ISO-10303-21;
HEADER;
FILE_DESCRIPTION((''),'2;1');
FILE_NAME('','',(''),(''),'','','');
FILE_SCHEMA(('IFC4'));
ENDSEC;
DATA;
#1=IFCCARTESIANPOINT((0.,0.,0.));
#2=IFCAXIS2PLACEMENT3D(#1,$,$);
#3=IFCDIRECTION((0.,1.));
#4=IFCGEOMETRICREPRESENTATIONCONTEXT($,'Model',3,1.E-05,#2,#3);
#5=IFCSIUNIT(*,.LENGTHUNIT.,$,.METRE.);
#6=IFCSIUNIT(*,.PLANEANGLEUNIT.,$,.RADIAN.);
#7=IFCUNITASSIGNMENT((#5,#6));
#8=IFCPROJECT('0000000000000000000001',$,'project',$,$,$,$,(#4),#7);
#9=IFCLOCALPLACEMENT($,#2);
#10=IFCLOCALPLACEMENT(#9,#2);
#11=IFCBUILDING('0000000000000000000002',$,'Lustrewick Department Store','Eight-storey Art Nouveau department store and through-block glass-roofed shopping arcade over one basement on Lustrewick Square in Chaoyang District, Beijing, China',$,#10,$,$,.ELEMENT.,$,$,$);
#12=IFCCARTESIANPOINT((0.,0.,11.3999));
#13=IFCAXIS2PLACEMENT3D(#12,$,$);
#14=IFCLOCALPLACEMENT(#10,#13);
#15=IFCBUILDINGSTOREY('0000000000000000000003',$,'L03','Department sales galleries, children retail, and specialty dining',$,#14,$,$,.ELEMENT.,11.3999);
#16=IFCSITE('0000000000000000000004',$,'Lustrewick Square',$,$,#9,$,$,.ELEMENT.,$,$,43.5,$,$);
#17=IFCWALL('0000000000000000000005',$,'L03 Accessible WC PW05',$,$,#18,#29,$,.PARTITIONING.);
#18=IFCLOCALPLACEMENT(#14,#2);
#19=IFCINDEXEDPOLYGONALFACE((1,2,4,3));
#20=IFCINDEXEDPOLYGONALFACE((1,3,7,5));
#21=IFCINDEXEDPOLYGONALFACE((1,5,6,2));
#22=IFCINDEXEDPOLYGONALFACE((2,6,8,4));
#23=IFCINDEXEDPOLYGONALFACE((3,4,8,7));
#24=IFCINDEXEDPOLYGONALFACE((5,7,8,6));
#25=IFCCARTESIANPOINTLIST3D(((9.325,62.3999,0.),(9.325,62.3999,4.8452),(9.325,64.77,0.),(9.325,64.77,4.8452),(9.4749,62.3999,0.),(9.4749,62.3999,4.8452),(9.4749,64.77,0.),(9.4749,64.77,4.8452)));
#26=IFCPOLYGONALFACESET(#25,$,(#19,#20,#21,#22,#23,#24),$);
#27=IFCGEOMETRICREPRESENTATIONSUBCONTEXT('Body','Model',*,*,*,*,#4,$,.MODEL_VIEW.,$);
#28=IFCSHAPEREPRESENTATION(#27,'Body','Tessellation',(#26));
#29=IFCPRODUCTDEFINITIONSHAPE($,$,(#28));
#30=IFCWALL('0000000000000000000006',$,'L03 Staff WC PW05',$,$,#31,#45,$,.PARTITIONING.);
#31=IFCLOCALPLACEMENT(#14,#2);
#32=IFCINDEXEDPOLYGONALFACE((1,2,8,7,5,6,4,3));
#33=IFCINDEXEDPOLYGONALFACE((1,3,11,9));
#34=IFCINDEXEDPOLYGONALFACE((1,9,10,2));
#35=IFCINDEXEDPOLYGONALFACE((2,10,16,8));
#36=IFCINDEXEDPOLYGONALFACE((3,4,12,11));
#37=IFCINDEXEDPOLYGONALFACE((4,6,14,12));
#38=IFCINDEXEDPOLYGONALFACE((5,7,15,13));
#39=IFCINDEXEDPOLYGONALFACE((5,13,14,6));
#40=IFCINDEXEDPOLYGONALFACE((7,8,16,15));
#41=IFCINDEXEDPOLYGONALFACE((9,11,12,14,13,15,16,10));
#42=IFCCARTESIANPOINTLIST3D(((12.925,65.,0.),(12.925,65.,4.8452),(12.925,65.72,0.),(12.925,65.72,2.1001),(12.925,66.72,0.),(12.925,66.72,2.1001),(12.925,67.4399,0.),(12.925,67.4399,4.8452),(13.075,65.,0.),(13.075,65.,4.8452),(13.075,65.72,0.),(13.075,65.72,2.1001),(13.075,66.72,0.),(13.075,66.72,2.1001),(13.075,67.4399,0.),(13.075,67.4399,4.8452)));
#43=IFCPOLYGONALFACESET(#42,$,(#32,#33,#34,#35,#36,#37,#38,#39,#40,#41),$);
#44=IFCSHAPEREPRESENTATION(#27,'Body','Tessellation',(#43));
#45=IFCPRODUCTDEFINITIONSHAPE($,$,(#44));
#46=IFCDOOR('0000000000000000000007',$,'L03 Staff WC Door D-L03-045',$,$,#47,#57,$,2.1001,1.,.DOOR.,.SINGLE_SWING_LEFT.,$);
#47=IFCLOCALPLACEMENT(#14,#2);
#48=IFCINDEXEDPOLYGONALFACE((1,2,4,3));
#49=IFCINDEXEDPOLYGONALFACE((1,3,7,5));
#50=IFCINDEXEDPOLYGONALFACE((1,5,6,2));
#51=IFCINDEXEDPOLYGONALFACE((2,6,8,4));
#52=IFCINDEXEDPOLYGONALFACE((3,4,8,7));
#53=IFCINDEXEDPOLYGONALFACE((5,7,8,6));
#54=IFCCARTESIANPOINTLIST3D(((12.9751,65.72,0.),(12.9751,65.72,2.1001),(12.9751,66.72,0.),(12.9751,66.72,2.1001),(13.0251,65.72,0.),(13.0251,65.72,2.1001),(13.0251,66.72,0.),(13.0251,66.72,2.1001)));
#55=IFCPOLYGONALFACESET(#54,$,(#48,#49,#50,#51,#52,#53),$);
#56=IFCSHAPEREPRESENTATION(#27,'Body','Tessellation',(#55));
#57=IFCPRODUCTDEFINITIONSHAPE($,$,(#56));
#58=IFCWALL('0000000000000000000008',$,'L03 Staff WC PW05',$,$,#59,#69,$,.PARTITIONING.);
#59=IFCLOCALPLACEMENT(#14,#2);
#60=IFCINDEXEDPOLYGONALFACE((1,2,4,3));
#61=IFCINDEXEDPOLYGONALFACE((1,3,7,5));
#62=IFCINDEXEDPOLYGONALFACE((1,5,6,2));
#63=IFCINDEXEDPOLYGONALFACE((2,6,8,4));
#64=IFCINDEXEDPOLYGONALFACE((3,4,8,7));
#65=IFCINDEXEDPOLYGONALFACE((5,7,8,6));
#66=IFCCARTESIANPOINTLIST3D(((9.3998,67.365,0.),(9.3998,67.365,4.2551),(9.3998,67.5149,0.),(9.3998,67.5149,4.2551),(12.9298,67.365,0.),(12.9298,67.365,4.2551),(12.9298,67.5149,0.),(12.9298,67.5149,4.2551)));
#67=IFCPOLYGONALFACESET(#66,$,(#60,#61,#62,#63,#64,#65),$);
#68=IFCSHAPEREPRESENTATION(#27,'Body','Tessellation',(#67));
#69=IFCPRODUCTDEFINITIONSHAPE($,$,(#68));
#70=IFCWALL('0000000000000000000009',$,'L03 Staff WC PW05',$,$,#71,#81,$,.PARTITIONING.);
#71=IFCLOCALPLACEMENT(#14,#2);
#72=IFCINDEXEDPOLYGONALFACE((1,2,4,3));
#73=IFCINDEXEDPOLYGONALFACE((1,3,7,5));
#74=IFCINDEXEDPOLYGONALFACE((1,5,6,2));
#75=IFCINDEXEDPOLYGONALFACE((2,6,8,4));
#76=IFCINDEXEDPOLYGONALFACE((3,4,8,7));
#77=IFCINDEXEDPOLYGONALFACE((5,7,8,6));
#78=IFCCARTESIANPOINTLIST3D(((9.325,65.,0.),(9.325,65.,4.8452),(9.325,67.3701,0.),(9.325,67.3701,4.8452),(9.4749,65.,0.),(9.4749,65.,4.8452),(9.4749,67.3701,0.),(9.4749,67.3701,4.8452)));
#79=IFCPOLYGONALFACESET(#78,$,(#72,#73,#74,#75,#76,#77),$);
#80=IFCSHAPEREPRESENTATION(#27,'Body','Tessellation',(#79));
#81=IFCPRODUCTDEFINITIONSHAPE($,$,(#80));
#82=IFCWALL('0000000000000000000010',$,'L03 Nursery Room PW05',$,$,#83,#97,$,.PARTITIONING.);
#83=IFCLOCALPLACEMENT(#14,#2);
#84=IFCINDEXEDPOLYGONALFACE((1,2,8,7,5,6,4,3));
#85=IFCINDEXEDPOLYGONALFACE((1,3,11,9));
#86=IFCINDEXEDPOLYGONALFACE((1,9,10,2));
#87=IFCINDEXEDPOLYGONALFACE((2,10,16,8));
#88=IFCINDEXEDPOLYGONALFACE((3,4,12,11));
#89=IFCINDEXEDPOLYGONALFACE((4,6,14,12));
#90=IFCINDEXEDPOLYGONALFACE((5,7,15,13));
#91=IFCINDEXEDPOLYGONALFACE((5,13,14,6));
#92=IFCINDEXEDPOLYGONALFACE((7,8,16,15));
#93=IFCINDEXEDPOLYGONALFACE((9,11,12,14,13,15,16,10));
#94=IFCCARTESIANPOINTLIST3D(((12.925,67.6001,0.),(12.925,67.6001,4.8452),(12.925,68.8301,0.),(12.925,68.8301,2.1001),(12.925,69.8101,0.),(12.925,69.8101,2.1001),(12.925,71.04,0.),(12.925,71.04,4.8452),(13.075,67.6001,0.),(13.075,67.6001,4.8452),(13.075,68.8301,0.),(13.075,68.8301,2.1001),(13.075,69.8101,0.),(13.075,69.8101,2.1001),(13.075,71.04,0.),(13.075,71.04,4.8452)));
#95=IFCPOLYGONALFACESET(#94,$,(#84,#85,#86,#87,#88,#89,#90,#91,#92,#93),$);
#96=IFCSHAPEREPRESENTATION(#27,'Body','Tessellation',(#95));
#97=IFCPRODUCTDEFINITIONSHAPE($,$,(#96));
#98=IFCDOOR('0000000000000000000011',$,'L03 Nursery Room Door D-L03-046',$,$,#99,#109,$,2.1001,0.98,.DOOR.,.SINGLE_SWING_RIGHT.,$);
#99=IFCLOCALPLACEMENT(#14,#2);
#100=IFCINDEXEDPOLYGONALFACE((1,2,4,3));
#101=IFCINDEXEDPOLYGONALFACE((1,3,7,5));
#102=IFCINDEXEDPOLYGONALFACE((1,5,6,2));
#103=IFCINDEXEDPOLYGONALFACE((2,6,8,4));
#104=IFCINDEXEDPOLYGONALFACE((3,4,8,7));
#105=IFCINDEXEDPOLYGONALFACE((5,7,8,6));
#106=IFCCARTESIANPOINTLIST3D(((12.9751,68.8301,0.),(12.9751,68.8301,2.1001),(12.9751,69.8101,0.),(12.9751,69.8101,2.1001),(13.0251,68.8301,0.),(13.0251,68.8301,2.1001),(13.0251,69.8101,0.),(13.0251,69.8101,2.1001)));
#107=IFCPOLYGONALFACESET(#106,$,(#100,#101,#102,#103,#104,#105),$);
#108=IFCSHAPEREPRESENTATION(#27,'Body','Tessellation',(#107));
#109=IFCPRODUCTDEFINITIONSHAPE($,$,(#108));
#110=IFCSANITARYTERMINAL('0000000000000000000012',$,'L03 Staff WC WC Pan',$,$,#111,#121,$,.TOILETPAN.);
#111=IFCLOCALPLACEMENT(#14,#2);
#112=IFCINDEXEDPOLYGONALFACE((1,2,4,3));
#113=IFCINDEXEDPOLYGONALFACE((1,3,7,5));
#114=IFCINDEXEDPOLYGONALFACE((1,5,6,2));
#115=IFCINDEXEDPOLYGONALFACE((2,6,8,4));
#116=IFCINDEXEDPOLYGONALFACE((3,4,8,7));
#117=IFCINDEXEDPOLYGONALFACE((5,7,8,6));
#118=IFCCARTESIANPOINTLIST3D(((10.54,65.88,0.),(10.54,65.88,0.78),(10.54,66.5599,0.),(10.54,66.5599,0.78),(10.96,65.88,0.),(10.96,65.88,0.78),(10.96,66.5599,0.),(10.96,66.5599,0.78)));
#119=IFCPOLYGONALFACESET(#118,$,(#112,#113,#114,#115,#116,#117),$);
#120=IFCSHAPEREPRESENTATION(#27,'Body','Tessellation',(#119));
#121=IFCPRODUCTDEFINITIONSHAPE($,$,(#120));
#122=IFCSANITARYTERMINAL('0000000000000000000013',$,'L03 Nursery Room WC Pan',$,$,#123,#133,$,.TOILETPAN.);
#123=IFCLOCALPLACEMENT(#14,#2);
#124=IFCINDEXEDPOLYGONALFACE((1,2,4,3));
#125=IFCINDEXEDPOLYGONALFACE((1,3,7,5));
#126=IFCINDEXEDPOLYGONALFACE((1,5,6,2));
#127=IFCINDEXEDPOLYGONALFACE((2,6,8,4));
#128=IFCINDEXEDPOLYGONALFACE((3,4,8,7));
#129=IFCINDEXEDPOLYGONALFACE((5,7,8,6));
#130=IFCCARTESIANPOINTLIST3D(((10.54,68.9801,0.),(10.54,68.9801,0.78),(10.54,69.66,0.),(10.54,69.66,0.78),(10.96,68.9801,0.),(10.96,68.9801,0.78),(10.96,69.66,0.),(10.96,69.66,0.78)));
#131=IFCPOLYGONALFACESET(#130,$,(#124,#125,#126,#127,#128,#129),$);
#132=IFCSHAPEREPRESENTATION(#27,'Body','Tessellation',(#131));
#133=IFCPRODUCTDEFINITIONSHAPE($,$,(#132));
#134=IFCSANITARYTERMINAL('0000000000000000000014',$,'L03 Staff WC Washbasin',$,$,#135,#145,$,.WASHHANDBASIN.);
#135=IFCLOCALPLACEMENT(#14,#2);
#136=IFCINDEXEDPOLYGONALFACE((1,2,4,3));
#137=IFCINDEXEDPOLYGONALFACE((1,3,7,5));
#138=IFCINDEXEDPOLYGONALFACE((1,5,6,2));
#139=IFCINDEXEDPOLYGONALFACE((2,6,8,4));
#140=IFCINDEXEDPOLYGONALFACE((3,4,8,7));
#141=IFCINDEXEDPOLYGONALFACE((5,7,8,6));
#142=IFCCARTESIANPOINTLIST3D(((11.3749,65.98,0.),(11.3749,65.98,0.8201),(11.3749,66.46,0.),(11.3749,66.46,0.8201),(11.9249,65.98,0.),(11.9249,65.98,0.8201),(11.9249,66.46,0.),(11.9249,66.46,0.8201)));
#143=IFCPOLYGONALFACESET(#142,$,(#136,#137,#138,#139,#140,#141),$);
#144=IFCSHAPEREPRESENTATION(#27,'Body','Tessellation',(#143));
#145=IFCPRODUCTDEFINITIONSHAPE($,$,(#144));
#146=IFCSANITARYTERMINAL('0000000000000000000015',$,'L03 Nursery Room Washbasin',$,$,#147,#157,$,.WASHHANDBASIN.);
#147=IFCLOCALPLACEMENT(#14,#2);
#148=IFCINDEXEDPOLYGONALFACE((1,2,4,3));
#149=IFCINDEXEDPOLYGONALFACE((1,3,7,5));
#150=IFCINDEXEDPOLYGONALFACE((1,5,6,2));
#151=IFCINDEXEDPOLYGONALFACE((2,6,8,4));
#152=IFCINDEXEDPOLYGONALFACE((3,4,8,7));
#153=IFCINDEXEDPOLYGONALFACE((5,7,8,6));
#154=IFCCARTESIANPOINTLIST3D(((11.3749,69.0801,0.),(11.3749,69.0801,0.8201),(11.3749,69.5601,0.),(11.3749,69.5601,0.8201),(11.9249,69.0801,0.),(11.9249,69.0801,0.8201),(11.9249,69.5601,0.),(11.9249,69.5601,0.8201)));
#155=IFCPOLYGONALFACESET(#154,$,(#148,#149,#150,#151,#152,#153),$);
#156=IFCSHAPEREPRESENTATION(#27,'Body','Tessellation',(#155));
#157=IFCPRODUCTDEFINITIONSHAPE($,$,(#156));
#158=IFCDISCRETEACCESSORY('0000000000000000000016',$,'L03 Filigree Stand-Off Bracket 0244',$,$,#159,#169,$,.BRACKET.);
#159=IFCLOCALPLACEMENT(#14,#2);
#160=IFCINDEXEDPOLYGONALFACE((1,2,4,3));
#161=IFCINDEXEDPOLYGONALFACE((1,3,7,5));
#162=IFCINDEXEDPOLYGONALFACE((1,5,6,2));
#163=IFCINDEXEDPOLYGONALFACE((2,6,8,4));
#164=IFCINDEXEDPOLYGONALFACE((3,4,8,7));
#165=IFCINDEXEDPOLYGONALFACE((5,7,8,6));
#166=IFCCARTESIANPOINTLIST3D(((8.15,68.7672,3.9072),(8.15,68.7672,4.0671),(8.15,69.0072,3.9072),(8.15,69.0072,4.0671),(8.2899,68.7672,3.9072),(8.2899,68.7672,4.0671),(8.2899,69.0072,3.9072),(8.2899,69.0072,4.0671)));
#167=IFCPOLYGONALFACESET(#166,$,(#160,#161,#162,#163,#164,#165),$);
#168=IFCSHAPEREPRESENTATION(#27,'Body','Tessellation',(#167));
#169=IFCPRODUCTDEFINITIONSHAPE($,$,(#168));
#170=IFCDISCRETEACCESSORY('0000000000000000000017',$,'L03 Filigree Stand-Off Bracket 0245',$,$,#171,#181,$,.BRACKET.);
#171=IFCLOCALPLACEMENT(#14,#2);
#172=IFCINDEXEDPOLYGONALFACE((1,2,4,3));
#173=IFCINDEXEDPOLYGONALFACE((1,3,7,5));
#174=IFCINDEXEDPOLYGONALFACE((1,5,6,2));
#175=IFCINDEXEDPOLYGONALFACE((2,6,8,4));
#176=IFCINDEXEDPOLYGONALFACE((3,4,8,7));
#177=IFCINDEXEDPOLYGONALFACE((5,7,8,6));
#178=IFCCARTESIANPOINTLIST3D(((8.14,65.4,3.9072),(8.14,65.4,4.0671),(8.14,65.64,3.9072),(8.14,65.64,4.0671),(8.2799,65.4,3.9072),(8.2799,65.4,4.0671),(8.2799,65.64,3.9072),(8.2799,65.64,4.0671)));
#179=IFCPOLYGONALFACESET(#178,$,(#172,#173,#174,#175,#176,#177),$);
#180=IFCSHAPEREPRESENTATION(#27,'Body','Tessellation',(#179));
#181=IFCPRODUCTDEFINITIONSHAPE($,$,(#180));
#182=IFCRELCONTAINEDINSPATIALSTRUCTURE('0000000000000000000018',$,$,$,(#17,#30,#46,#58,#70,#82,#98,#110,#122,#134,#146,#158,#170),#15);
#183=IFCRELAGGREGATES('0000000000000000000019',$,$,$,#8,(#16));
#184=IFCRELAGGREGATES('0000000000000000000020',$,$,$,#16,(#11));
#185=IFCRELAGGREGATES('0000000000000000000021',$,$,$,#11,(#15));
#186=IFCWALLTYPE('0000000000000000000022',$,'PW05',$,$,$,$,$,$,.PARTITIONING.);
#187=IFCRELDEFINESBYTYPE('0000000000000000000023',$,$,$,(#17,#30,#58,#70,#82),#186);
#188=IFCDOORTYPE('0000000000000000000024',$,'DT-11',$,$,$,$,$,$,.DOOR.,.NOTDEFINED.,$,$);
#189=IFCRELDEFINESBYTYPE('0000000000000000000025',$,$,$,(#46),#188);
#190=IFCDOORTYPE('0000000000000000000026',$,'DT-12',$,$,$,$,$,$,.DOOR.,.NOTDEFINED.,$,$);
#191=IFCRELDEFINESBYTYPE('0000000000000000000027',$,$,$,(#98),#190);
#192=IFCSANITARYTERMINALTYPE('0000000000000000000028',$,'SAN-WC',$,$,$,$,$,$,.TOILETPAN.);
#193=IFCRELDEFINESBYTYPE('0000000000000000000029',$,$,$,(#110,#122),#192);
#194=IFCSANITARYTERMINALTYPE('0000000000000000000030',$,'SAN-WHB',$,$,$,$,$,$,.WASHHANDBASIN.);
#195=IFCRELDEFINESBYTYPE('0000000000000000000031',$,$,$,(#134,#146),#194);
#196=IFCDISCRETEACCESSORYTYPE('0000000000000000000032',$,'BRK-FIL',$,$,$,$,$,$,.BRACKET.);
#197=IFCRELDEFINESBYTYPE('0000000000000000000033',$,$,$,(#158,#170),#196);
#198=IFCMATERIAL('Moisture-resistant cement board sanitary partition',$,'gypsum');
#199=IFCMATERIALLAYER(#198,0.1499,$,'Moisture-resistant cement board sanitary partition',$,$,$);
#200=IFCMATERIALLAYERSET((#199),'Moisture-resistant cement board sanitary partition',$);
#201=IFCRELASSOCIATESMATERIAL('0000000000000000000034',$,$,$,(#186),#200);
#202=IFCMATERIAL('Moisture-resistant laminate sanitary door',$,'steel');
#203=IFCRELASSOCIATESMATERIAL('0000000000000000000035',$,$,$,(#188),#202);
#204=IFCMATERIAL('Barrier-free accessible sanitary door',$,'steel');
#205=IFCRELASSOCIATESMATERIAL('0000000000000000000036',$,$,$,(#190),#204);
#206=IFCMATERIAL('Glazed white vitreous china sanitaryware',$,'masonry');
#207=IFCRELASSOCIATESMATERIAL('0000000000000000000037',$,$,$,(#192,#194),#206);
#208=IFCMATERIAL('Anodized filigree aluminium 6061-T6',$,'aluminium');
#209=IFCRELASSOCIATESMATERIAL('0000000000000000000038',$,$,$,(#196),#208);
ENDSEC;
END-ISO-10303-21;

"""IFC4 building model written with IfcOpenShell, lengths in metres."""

from ifc_helpers import new_model, si_unit, direction, frame, frame_2d, origin, origin_2d, place, context, subcontext, project, spatial, rectangle, extrude, material, layer, layer_set, type_object, element, fill, save


model = new_model("IFC4")

# Units and contexts
model_context = context("Model", 3, precision=1e-05, world=origin(), true_north=direction((0.0, 1.0)))
body_context = subcontext(model_context, "Body", "Model", "MODEL_VIEW")
ifc_project = project(units=[si_unit("LENGTHUNIT", "METRE"), si_unit("PLANEANGLEUNIT", "RADIAN")], contexts=[model_context])

# Site, building, storey
site_placement = place(None, origin())
site = spatial("IfcSite", under=ifc_project, at=site_placement, Name="Lustrewick Square", CompositionType="ELEMENT", RefElevation=43.5)
building_placement = place(site_placement, origin())
building = spatial("IfcBuilding", under=site, at=building_placement, Name="Lustrewick Department Store", Description="Eight-storey Art Nouveau department store and through-block glass-roofed shopping arcade over one basement on Lustrewick Square in Chaoyang District, Beijing, China", CompositionType="ELEMENT")
storey_placement = place(building_placement, frame((0.0, 0.0, 11.3999)))
storey = spatial("IfcBuildingStorey", under=building, at=storey_placement, Name="L03", Description="Department sales galleries, children retail, and specialty dining", CompositionType="ELEMENT", Elevation=11.3999)

# Wall
ifc_material_1 = material(Name="Moisture-resistant cement board sanitary partition", Category="gypsum")
ifc_layer_1 = layer(ifc_material_1, 0.1499, Name="Moisture-resistant cement board sanitary partition")
ifc_layer_set_1 = layer_set([ifc_layer_1], Name="Moisture-resistant cement board sanitary partition")
wall_type_1 = type_object("IfcWallType", Name="PW05", PredefinedType="PARTITIONING", material=ifc_layer_set_1)
wall_1_placement = place(storey_placement, frame((9.3999, 64.77, 0.0), z_axis=(0.0, 0.0, 1.0), x_axis=(0.0, -1.0, 0.0)))
element("IfcWall", 1, at=wall_1_placement, inside=storey, type_object=wall_type_1, Name="L03 Accessible WC PW05", PredefinedType="PARTITIONING", context=body_context, shape_type="SweptSolid", body=[
    extrude(rectangle(XDim=2.3701, YDim=0.1499, at=frame_2d((1.1851, 0.0))), origin(), (0.0, 0.0, 1.0), 4.8452),
])

# Wall, opening, door
wall_2_placement = place(storey_placement, frame((13.0, 65.0, 0.0), z_axis=(0.0, 0.0, 1.0), x_axis=(0.0, 1.0, 0.0)))
wall_2 = element("IfcWall", 2, at=wall_2_placement, inside=storey, type_object=wall_type_1, Name="L03 Staff WC PW05", PredefinedType="PARTITIONING", context=body_context, shape_type="SweptSolid", body=[
    extrude(rectangle(XDim=2.4399, YDim=0.1499, at=frame_2d((1.22, 0.0))), origin(), (0.0, 0.0, 1.0), 4.8452),
])
opening_1_placement = place(wall_2_placement, frame((0.72, 0.0, 0.0)))
opening_1 = element("IfcOpeningElement", 3, at=opening_1_placement, cuts=wall_2, PredefinedType="OPENING", context=body_context, shape_type="SweptSolid", body=[
    extrude(rectangle(XDim=1.0, YDim=2.1001, at=frame_2d((0.5, 1.05))), frame((0.0, 0.085, 0.0), z_axis=(0.0, -1.0, 0.0), x_axis=(1.0, 0.0, 0.0)), (0.0, 0.0, 1.0), 0.1699),
])
ifc_material_2 = material(Name="Moisture-resistant laminate sanitary door", Category="steel")
door_type_1 = type_object("IfcDoorType", Name="DT-11", OperationType="NOTDEFINED", PredefinedType="DOOR", material=ifc_material_2)
door_1_placement = place(opening_1_placement, origin())
door_1 = element("IfcDoor", 4, at=door_1_placement, inside=storey, type_object=door_type_1, Name="L03 Staff WC Door D-L03-045", OperationType="SINGLE_SWING_LEFT", OverallHeight=2.1001, OverallWidth=1.0, PredefinedType="DOOR", context=body_context, shape_type="SweptSolid", body=[
    extrude(rectangle(XDim=1.0, YDim=2.1001, at=frame_2d((0.5, 1.05))), frame((0.0, 0.0249, 0.0), z_axis=(0.0, -1.0, 0.0), x_axis=(1.0, 0.0, 0.0)), (0.0, 0.0, 1.0), 0.05),
])
fill(opening_1, door_1)

# Walls
wall_3_placement = place(storey_placement, frame((12.9299, 67.4399, 0.0), z_axis=(0.0, 0.0, 1.0), x_axis=(-1.0, 0.0, 0.0)))
element("IfcWall", 5, at=wall_3_placement, inside=storey, type_object=wall_type_1, Name="L03 Staff WC PW05", PredefinedType="PARTITIONING", context=body_context, shape_type="SweptSolid", body=[
    extrude(rectangle(XDim=3.53, YDim=0.1499, at=frame_2d((1.7651, 0.0))), origin(), (0.0, 0.0, 1.0), 4.2551),
])
wall_4_placement = place(storey_placement, frame((9.3999, 67.3701, 0.0), z_axis=(0.0, 0.0, 1.0), x_axis=(0.0, -1.0, 0.0)))
element("IfcWall", 6, at=wall_4_placement, inside=storey, type_object=wall_type_1, Name="L03 Staff WC PW05", PredefinedType="PARTITIONING", context=body_context, shape_type="SweptSolid", body=[
    extrude(rectangle(XDim=2.3701, YDim=0.1499, at=frame_2d((1.1851, 0.0))), origin(), (0.0, 0.0, 1.0), 4.8452),
])

# Wall, opening, door
wall_5_placement = place(storey_placement, frame((13.0, 67.6001, 0.0), z_axis=(0.0, 0.0, 1.0), x_axis=(0.0, 1.0, 0.0)))
wall_5 = element("IfcWall", 7, at=wall_5_placement, inside=storey, type_object=wall_type_1, Name="L03 Nursery Room PW05", PredefinedType="PARTITIONING", context=body_context, shape_type="SweptSolid", body=[
    extrude(rectangle(XDim=3.4399, YDim=0.1499, at=frame_2d((1.72, 0.0))), origin(), (0.0, 0.0, 1.0), 4.8452),
])
opening_2_placement = place(wall_5_placement, frame((1.23, 0.0, 0.0)))
opening_2 = element("IfcOpeningElement", 8, at=opening_2_placement, cuts=wall_5, PredefinedType="OPENING", context=body_context, shape_type="SweptSolid", body=[
    extrude(rectangle(XDim=0.98, YDim=2.1001, at=frame_2d((0.49, 1.05))), frame((0.0, 0.085, 0.0), z_axis=(0.0, -1.0, 0.0), x_axis=(1.0, 0.0, 0.0)), (0.0, 0.0, 1.0), 0.1699),
])
ifc_material_3 = material(Name="Barrier-free accessible sanitary door", Category="steel")
door_type_2 = type_object("IfcDoorType", Name="DT-12", OperationType="NOTDEFINED", PredefinedType="DOOR", material=ifc_material_3)
door_2_placement = place(opening_2_placement, origin())
door_2 = element("IfcDoor", 9, at=door_2_placement, inside=storey, type_object=door_type_2, Name="L03 Nursery Room Door D-L03-046", OperationType="SINGLE_SWING_RIGHT", OverallHeight=2.1001, OverallWidth=0.98, PredefinedType="DOOR", context=body_context, shape_type="SweptSolid", body=[
    extrude(rectangle(XDim=0.98, YDim=2.1001, at=frame_2d((0.49, 1.05))), frame((0.0, 0.0249, 0.0), z_axis=(0.0, -1.0, 0.0), x_axis=(1.0, 0.0, 0.0)), (0.0, 0.0, 1.0), 0.05),
])
fill(opening_2, door_2)

# Sanitary terminals
ifc_material_4 = material(Name="Glazed white vitreous china sanitaryware", Category="masonry")
sanitary_terminal_type_1 = type_object("IfcSanitaryTerminalType", Name="SAN-WC", PredefinedType="TOILETPAN", material=ifc_material_4)
for number, where, z_axis, x_axis, name in (
    (10, (10.75, 66.22, 0.0), (0.0, 0.0, 1.0), (1.0, 0.0, 0.0), "L03 Staff WC WC Pan"),
    (11, (10.75, 69.3201, 0.0), (0.0, 0.0, 1.0), (1.0, 0.0, 0.0), "L03 Nursery Room WC Pan"),
):
    element("IfcSanitaryTerminal", number, at=place(storey_placement, frame(where, z_axis=z_axis, x_axis=x_axis)), inside=storey, type_object=sanitary_terminal_type_1, Name=name, PredefinedType="TOILETPAN", context=body_context, shape_type="SweptSolid", body=[
        extrude(rectangle(XDim=0.4199, YDim=0.6799, at=origin_2d()), origin(), (0.0, 0.0, 1.0), 0.78),
    ])
sanitary_terminal_type_2 = type_object("IfcSanitaryTerminalType", Name="SAN-WHB", PredefinedType="WASHHANDBASIN", material=ifc_material_4)
for number, where, z_axis, x_axis, name in (
    (12, (11.6499, 66.22, 0.0), (0.0, 0.0, 1.0), (1.0, 0.0, 0.0), "L03 Staff WC Washbasin"),
    (13, (11.6499, 69.3201, 0.0), (0.0, 0.0, 1.0), (1.0, 0.0, 0.0), "L03 Nursery Room Washbasin"),
):
    element("IfcSanitaryTerminal", number, at=place(storey_placement, frame(where, z_axis=z_axis, x_axis=x_axis)), inside=storey, type_object=sanitary_terminal_type_2, Name=name, PredefinedType="WASHHANDBASIN", context=body_context, shape_type="SweptSolid", body=[
        extrude(rectangle(XDim=0.55, YDim=0.48, at=origin_2d()), origin(), (0.0, 0.0, 1.0), 0.8201),
    ])

# Discrete accessories
ifc_material_5 = material(Name="Anodized filigree aluminium 6061-T6", Category="aluminium")
discrete_accessory_type_1 = type_object("IfcDiscreteAccessoryType", Name="BRK-FIL", PredefinedType="BRACKET", material=ifc_material_5)
for number, where, z_axis, x_axis, name in (
    (14, (8.22, 68.8872, 3.9072), (0.0, 0.0, 1.0), (0.0, -1.0, 0.0), "L03 Filigree Stand-Off Bracket 0244"),
    (15, (8.21, 65.52, 3.9072), (0.0, 0.0, 1.0), (0.0, -1.0, 0.0), "L03 Filigree Stand-Off Bracket 0245"),
):
    element("IfcDiscreteAccessory", number, at=place(storey_placement, frame(where, z_axis=z_axis, x_axis=x_axis)), inside=storey, type_object=discrete_accessory_type_1, Name=name, PredefinedType="BRACKET", context=body_context, shape_type="SweptSolid", body=[
        extrude(rectangle(XDim=0.24, YDim=0.1399, at=origin_2d()), origin(), (0.0, 0.0, 1.0), 0.1599),
    ])

save(model, "model.ifc")
